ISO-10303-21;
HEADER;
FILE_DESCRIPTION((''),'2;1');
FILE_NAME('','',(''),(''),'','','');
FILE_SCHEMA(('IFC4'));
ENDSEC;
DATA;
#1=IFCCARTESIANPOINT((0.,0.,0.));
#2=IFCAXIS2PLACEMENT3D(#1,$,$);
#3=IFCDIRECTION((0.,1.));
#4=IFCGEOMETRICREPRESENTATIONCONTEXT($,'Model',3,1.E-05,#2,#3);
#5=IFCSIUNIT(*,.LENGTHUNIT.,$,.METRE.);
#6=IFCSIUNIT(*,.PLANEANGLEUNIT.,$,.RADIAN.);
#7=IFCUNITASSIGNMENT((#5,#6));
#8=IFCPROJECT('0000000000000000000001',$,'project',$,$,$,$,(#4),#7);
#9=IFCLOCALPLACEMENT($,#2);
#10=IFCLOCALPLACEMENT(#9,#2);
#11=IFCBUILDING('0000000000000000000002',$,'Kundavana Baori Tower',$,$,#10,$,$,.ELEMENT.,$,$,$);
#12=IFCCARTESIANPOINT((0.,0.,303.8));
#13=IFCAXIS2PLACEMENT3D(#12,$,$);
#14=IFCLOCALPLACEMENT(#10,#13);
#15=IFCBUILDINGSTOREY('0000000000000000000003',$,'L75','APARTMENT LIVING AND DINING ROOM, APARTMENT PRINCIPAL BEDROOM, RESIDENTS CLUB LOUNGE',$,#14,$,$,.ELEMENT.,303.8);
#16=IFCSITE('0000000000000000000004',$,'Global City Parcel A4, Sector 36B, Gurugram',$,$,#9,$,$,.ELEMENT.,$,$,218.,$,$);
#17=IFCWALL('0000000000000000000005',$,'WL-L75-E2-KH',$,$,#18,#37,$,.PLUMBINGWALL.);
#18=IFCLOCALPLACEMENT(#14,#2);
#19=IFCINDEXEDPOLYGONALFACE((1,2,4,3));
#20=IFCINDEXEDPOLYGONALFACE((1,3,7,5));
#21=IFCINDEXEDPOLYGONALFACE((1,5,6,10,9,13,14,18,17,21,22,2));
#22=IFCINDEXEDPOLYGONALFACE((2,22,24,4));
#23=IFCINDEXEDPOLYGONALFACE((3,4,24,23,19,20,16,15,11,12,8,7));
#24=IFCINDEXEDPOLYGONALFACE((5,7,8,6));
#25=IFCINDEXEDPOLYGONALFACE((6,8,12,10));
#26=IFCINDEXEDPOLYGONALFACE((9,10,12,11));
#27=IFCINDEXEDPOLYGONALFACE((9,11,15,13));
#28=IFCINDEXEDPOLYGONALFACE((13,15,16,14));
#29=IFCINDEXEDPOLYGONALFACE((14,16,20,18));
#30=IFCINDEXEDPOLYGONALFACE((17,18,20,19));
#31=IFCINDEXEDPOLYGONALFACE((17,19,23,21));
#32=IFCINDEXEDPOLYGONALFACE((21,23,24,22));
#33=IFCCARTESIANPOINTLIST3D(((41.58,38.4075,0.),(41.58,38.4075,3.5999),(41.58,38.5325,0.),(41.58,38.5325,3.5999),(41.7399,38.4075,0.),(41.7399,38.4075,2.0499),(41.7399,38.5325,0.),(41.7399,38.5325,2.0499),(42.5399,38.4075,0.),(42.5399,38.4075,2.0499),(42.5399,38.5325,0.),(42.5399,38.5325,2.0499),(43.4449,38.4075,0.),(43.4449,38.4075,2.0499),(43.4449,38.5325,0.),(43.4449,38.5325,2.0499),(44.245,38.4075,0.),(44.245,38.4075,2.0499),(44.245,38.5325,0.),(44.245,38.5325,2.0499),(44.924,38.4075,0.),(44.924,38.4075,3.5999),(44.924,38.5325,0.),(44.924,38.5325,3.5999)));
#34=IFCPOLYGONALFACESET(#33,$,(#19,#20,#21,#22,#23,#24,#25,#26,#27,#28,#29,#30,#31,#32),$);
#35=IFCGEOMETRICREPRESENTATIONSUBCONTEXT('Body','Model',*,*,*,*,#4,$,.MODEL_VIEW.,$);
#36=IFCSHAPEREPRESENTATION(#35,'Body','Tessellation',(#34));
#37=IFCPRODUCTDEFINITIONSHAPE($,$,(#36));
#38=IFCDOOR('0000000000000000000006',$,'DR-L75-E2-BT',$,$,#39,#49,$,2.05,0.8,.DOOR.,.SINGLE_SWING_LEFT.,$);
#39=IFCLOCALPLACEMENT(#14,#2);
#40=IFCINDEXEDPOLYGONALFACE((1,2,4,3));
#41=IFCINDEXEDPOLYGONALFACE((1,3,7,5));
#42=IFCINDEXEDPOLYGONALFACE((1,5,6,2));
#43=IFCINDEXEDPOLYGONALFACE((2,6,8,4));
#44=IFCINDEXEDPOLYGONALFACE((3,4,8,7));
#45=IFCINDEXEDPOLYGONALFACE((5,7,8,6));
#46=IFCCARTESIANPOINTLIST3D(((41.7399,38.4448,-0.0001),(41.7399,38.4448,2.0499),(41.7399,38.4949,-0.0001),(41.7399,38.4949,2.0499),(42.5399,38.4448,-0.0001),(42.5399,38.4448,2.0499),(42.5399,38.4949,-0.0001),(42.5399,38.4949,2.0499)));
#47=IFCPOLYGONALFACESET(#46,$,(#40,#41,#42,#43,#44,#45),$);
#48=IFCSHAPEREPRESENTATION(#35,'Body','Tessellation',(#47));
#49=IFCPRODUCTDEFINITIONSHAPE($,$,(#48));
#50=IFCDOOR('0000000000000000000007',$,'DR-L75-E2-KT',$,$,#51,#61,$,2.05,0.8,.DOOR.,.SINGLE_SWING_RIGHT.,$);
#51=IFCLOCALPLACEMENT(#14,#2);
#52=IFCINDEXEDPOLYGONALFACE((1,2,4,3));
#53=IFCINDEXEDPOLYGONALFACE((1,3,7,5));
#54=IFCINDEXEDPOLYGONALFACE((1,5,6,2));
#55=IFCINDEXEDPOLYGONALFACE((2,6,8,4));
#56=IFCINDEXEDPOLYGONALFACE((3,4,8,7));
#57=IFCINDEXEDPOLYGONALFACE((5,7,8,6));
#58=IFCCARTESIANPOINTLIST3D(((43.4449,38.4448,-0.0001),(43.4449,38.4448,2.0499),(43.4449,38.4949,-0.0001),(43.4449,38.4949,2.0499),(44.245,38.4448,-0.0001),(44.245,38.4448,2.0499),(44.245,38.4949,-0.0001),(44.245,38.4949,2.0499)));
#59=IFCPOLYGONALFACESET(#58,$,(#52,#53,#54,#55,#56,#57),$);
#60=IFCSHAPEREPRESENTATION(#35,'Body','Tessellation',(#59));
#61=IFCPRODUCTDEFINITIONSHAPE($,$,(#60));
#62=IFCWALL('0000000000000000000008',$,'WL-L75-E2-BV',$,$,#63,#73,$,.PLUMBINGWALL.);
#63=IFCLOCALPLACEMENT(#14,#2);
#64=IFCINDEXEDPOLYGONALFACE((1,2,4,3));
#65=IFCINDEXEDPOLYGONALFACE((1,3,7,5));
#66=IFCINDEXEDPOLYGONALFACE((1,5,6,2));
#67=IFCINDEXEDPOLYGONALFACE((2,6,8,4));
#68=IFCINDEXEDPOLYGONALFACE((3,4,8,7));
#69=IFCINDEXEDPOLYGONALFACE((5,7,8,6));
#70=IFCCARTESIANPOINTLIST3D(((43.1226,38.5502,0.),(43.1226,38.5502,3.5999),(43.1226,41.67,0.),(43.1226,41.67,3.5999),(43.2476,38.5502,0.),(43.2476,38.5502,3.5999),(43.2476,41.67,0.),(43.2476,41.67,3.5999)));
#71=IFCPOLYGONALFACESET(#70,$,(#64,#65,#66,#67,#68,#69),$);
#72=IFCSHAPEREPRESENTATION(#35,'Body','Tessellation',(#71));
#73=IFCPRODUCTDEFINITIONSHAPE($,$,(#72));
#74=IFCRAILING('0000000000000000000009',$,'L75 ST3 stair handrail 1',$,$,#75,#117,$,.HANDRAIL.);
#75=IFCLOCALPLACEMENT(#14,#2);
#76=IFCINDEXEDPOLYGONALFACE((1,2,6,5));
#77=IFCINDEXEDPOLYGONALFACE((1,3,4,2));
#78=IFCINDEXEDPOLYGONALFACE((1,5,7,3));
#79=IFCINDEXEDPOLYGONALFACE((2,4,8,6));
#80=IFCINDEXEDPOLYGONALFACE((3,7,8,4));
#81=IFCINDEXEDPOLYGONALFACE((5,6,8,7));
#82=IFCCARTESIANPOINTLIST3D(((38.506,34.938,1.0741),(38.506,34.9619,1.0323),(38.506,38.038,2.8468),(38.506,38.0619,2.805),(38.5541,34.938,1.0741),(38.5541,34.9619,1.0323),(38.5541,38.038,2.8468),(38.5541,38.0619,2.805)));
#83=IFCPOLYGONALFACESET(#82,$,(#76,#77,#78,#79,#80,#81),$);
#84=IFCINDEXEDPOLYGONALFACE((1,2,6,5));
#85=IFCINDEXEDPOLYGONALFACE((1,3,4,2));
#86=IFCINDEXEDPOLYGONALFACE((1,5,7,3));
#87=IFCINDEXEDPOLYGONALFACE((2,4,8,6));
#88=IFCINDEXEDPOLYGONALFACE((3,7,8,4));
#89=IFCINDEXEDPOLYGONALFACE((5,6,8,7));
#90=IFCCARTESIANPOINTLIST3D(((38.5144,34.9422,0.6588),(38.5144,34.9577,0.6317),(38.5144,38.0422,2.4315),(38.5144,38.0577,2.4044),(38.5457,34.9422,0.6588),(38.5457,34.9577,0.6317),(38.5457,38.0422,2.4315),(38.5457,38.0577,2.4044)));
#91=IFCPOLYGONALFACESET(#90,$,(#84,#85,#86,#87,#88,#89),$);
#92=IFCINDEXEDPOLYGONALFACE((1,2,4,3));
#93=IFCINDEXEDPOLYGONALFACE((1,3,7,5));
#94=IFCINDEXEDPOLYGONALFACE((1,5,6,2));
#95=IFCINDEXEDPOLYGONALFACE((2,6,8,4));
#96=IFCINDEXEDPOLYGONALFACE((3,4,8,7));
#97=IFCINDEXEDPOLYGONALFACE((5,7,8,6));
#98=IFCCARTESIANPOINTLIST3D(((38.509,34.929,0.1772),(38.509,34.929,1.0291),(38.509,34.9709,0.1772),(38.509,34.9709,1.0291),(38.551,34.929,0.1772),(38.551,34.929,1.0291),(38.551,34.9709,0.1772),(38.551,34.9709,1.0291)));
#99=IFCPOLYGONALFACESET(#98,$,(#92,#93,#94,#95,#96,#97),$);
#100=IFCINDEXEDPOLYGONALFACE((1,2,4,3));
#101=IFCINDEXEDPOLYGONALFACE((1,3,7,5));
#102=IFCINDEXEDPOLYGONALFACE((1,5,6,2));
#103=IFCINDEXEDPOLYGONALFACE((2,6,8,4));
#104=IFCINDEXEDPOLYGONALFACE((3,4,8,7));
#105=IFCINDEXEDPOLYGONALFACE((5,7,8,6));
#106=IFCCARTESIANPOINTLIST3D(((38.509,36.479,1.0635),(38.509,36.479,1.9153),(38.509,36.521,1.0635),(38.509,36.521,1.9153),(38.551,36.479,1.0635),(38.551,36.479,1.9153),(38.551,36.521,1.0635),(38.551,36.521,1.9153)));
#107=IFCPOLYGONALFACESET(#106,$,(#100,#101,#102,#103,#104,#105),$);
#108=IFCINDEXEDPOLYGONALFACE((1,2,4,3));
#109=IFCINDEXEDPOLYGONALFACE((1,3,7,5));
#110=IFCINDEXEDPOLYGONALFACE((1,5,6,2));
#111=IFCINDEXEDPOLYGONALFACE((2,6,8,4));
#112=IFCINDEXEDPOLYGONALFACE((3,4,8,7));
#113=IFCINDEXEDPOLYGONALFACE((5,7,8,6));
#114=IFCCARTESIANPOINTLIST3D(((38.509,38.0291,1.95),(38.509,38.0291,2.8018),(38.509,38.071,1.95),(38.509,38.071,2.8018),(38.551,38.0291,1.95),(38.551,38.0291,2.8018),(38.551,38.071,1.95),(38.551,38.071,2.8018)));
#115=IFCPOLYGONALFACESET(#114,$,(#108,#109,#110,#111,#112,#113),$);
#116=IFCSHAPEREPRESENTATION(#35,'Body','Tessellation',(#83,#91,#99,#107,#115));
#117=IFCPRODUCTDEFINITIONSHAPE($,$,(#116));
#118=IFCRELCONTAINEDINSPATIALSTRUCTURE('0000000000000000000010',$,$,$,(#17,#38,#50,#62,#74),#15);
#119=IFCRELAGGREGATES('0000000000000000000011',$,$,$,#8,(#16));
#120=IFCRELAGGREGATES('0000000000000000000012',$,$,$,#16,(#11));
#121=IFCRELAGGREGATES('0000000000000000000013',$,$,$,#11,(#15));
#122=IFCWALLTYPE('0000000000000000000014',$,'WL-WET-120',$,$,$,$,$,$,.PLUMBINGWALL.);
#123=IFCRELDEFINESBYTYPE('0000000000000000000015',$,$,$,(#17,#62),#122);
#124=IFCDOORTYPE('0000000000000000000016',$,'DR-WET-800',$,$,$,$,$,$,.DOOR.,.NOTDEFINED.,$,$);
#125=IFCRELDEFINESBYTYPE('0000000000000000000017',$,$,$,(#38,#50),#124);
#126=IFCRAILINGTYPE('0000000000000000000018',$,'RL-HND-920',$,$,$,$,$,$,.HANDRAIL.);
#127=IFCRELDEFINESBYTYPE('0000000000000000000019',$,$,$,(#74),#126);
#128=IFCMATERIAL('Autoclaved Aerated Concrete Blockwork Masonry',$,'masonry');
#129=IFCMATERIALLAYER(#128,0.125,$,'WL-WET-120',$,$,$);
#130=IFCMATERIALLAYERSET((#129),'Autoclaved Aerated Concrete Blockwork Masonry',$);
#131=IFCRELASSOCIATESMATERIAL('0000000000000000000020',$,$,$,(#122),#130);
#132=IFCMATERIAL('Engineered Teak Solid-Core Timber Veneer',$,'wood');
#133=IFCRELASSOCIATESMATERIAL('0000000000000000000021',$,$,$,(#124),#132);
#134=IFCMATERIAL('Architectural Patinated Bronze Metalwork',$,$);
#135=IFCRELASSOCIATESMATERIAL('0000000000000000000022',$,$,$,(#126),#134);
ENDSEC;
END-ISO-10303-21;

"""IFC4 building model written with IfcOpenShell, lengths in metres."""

from ifc_helpers import new_model, si_unit, direction, frame, frame_2d, origin, origin_2d, place, context, subcontext, project, spatial, rectangle, extrude, material, layer, layer_set, type_object, element, fill, save


model = new_model("IFC4")

# Units and contexts
model_context = context("Model", 3, precision=1e-05, world=origin(), true_north=direction((0.0, 1.0)))
body_context = subcontext(model_context, "Body", "Model", "MODEL_VIEW")
ifc_project = project(units=[si_unit("LENGTHUNIT", "METRE"), si_unit("PLANEANGLEUNIT", "RADIAN")], contexts=[model_context])

# Site, building, storey
site_placement = place(None, origin())
site = spatial("IfcSite", under=ifc_project, at=site_placement, Name="Global City Parcel A4, Sector 36B, Gurugram", CompositionType="ELEMENT", RefElevation=218.0)
building_placement = place(site_placement, origin())
building = spatial("IfcBuilding", under=site, at=building_placement, Name="Kundavana Baori Tower", CompositionType="ELEMENT")
storey_placement = place(building_placement, frame((0.0, 0.0, 303.8)))
storey = spatial("IfcBuildingStorey", under=building, at=storey_placement, Name="L75", Description="APARTMENT LIVING AND DINING ROOM, APARTMENT PRINCIPAL BEDROOM, RESIDENTS CLUB LOUNGE", CompositionType="ELEMENT", Elevation=303.8)

# Wall, openings, doors
ifc_material_1 = material(Name="Autoclaved Aerated Concrete Blockwork Masonry", Category="masonry")
ifc_layer_1 = layer(ifc_material_1, 0.125, Name="WL-WET-120")
ifc_layer_set_1 = layer_set([ifc_layer_1], Name="Autoclaved Aerated Concrete Blockwork Masonry")
wall_type_1 = type_object("IfcWallType", Name="WL-WET-120", PredefinedType="PLUMBINGWALL", material=ifc_layer_set_1)
wall_1_placement = place(storey_placement, frame((41.5801, 38.47, 0.0), z_axis=(0.0, 0.0, 1.0), x_axis=(1.0, 0.0, 0.0)))
wall_1 = element("IfcWall", 1, at=wall_1_placement, inside=storey, type_object=wall_type_1, Name="WL-L75-E2-KH", PredefinedType="PLUMBINGWALL", context=body_context, shape_type="SweptSolid", body=[
    extrude(rectangle(XDim=3.344, YDim=0.125, at=frame_2d((1.6719, 0.0))), origin(), (0.0, 0.0, 1.0), 3.5999),
])
opening_1_placement = place(wall_1_placement, frame((0.1599, 0.0, 0.0)))
opening_1 = element("IfcOpeningElement", 2, at=opening_1_placement, cuts=wall_1, PredefinedType="OPENING", context=body_context, shape_type="SweptSolid", body=[
    extrude(rectangle(XDim=0.8, YDim=2.05, at=frame_2d((0.3999, 1.0249))), frame((0.0, 0.0725, 0.0), z_axis=(0.0, -1.0, 0.0), x_axis=(1.0, 0.0, 0.0)), (0.0, 0.0, 1.0), 0.145),
])
opening_2_placement = place(wall_1_placement, frame((1.865, 0.0, 0.0)))
opening_2 = element("IfcOpeningElement", 3, at=opening_2_placement, cuts=wall_1, PredefinedType="OPENING", context=body_context, shape_type="SweptSolid", body=[
    extrude(rectangle(XDim=0.8, YDim=2.05, at=frame_2d((0.3999, 1.0249))), frame((0.0, 0.0725, 0.0), z_axis=(0.0, -1.0, 0.0), x_axis=(1.0, 0.0, 0.0)), (0.0, 0.0, 1.0), 0.145),
])
ifc_material_2 = material(Name="Engineered Teak Solid-Core Timber Veneer", Category="wood")
door_type_1 = type_object("IfcDoorType", Name="DR-WET-800", OperationType="NOTDEFINED", PredefinedType="DOOR", material=ifc_material_2)
door_1_placement = place(opening_1_placement, origin())
door_1 = element("IfcDoor", 4, at=door_1_placement, inside=storey, type_object=door_type_1, Name="DR-L75-E2-BT", OperationType="SINGLE_SWING_LEFT", OverallHeight=2.05, OverallWidth=0.8, PredefinedType="DOOR", context=body_context, shape_type="SweptSolid", body=[
    extrude(rectangle(XDim=0.8, YDim=2.05, at=frame_2d((0.3999, 1.0249))), frame((0.0, 0.0249, 0.0), z_axis=(0.0, -1.0, 0.0), x_axis=(1.0, 0.0, 0.0)), (0.0, 0.0, 1.0), 0.05),
])
fill(opening_1, door_1)
door_2_placement = place(opening_2_placement, origin())
door_2 = element("IfcDoor", 5, at=door_2_placement, inside=storey, type_object=door_type_1, Name="DR-L75-E2-KT", OperationType="SINGLE_SWING_RIGHT", OverallHeight=2.05, OverallWidth=0.8, PredefinedType="DOOR", context=body_context, shape_type="SweptSolid", body=[
    extrude(rectangle(XDim=0.8, YDim=2.05, at=frame_2d((0.3999, 1.0249))), frame((0.0, 0.0249, 0.0), z_axis=(0.0, -1.0, 0.0), x_axis=(1.0, 0.0, 0.0)), (0.0, 0.0, 1.0), 0.05),
])
fill(opening_2, door_2)

# Wall
wall_2_placement = place(storey_placement, frame((43.1851, 38.55, 0.0), z_axis=(0.0, 0.0, 1.0), x_axis=(0.0, 1.0, 0.0)))
element("IfcWall", 6, at=wall_2_placement, inside=storey, type_object=wall_type_1, Name="WL-L75-E2-BV", PredefinedType="PLUMBINGWALL", context=body_context, shape_type="SweptSolid", body=[
    extrude(rectangle(XDim=3.1199, YDim=0.125, at=frame_2d((1.5601, 0.0))), origin(), (0.0, 0.0, 1.0), 3.5999),
])

# Railing
ifc_material_3 = material(Name="Architectural Patinated Bronze Metalwork")
railing_type_1 = type_object("IfcRailingType", Name="RL-HND-920", PredefinedType="HANDRAIL", material=ifc_material_3)
railing_1_placement = place(storey_placement, frame((38.53, 34.95, 0.1772)))
element("IfcRailing", 7, at=railing_1_placement, inside=storey, type_object=railing_type_1, Name="L75 ST3 stair handrail 1", PredefinedType="HANDRAIL", context=body_context, shape_type="SweptSolid", body=[
    extrude(rectangle(XDim=0.0481, YDim=0.0481, at=origin_2d()), frame((0.0, 0.0, 0.876), z_axis=(0.0, 0.868096, 0.496397), x_axis=(-1.0, 0.0, 0.0)), (0.0, 0.0, 1.0), 3.571),
    extrude(rectangle(XDim=0.0312, YDim=0.0312, at=origin_2d()), frame((0.0, 0.0, 0.468), z_axis=(0.0, 0.868096, 0.496397), x_axis=(-1.0, 0.0, 0.0)), (0.0, 0.0, 1.0), 3.571),
    extrude(rectangle(XDim=0.042, YDim=0.042, at=origin_2d()), origin(), (0.0, 0.0, 1.0), 0.8518),
    extrude(rectangle(XDim=0.042, YDim=0.042, at=origin_2d()), frame((0.0, 1.55, 0.8862)), (0.0, 0.0, 1.0), 0.8518),
    extrude(rectangle(XDim=0.042, YDim=0.042, at=origin_2d()), frame((0.0, 3.1001, 1.7727)), (0.0, 0.0, 1.0), 0.8518),
])

save(model, "model.ifc")
